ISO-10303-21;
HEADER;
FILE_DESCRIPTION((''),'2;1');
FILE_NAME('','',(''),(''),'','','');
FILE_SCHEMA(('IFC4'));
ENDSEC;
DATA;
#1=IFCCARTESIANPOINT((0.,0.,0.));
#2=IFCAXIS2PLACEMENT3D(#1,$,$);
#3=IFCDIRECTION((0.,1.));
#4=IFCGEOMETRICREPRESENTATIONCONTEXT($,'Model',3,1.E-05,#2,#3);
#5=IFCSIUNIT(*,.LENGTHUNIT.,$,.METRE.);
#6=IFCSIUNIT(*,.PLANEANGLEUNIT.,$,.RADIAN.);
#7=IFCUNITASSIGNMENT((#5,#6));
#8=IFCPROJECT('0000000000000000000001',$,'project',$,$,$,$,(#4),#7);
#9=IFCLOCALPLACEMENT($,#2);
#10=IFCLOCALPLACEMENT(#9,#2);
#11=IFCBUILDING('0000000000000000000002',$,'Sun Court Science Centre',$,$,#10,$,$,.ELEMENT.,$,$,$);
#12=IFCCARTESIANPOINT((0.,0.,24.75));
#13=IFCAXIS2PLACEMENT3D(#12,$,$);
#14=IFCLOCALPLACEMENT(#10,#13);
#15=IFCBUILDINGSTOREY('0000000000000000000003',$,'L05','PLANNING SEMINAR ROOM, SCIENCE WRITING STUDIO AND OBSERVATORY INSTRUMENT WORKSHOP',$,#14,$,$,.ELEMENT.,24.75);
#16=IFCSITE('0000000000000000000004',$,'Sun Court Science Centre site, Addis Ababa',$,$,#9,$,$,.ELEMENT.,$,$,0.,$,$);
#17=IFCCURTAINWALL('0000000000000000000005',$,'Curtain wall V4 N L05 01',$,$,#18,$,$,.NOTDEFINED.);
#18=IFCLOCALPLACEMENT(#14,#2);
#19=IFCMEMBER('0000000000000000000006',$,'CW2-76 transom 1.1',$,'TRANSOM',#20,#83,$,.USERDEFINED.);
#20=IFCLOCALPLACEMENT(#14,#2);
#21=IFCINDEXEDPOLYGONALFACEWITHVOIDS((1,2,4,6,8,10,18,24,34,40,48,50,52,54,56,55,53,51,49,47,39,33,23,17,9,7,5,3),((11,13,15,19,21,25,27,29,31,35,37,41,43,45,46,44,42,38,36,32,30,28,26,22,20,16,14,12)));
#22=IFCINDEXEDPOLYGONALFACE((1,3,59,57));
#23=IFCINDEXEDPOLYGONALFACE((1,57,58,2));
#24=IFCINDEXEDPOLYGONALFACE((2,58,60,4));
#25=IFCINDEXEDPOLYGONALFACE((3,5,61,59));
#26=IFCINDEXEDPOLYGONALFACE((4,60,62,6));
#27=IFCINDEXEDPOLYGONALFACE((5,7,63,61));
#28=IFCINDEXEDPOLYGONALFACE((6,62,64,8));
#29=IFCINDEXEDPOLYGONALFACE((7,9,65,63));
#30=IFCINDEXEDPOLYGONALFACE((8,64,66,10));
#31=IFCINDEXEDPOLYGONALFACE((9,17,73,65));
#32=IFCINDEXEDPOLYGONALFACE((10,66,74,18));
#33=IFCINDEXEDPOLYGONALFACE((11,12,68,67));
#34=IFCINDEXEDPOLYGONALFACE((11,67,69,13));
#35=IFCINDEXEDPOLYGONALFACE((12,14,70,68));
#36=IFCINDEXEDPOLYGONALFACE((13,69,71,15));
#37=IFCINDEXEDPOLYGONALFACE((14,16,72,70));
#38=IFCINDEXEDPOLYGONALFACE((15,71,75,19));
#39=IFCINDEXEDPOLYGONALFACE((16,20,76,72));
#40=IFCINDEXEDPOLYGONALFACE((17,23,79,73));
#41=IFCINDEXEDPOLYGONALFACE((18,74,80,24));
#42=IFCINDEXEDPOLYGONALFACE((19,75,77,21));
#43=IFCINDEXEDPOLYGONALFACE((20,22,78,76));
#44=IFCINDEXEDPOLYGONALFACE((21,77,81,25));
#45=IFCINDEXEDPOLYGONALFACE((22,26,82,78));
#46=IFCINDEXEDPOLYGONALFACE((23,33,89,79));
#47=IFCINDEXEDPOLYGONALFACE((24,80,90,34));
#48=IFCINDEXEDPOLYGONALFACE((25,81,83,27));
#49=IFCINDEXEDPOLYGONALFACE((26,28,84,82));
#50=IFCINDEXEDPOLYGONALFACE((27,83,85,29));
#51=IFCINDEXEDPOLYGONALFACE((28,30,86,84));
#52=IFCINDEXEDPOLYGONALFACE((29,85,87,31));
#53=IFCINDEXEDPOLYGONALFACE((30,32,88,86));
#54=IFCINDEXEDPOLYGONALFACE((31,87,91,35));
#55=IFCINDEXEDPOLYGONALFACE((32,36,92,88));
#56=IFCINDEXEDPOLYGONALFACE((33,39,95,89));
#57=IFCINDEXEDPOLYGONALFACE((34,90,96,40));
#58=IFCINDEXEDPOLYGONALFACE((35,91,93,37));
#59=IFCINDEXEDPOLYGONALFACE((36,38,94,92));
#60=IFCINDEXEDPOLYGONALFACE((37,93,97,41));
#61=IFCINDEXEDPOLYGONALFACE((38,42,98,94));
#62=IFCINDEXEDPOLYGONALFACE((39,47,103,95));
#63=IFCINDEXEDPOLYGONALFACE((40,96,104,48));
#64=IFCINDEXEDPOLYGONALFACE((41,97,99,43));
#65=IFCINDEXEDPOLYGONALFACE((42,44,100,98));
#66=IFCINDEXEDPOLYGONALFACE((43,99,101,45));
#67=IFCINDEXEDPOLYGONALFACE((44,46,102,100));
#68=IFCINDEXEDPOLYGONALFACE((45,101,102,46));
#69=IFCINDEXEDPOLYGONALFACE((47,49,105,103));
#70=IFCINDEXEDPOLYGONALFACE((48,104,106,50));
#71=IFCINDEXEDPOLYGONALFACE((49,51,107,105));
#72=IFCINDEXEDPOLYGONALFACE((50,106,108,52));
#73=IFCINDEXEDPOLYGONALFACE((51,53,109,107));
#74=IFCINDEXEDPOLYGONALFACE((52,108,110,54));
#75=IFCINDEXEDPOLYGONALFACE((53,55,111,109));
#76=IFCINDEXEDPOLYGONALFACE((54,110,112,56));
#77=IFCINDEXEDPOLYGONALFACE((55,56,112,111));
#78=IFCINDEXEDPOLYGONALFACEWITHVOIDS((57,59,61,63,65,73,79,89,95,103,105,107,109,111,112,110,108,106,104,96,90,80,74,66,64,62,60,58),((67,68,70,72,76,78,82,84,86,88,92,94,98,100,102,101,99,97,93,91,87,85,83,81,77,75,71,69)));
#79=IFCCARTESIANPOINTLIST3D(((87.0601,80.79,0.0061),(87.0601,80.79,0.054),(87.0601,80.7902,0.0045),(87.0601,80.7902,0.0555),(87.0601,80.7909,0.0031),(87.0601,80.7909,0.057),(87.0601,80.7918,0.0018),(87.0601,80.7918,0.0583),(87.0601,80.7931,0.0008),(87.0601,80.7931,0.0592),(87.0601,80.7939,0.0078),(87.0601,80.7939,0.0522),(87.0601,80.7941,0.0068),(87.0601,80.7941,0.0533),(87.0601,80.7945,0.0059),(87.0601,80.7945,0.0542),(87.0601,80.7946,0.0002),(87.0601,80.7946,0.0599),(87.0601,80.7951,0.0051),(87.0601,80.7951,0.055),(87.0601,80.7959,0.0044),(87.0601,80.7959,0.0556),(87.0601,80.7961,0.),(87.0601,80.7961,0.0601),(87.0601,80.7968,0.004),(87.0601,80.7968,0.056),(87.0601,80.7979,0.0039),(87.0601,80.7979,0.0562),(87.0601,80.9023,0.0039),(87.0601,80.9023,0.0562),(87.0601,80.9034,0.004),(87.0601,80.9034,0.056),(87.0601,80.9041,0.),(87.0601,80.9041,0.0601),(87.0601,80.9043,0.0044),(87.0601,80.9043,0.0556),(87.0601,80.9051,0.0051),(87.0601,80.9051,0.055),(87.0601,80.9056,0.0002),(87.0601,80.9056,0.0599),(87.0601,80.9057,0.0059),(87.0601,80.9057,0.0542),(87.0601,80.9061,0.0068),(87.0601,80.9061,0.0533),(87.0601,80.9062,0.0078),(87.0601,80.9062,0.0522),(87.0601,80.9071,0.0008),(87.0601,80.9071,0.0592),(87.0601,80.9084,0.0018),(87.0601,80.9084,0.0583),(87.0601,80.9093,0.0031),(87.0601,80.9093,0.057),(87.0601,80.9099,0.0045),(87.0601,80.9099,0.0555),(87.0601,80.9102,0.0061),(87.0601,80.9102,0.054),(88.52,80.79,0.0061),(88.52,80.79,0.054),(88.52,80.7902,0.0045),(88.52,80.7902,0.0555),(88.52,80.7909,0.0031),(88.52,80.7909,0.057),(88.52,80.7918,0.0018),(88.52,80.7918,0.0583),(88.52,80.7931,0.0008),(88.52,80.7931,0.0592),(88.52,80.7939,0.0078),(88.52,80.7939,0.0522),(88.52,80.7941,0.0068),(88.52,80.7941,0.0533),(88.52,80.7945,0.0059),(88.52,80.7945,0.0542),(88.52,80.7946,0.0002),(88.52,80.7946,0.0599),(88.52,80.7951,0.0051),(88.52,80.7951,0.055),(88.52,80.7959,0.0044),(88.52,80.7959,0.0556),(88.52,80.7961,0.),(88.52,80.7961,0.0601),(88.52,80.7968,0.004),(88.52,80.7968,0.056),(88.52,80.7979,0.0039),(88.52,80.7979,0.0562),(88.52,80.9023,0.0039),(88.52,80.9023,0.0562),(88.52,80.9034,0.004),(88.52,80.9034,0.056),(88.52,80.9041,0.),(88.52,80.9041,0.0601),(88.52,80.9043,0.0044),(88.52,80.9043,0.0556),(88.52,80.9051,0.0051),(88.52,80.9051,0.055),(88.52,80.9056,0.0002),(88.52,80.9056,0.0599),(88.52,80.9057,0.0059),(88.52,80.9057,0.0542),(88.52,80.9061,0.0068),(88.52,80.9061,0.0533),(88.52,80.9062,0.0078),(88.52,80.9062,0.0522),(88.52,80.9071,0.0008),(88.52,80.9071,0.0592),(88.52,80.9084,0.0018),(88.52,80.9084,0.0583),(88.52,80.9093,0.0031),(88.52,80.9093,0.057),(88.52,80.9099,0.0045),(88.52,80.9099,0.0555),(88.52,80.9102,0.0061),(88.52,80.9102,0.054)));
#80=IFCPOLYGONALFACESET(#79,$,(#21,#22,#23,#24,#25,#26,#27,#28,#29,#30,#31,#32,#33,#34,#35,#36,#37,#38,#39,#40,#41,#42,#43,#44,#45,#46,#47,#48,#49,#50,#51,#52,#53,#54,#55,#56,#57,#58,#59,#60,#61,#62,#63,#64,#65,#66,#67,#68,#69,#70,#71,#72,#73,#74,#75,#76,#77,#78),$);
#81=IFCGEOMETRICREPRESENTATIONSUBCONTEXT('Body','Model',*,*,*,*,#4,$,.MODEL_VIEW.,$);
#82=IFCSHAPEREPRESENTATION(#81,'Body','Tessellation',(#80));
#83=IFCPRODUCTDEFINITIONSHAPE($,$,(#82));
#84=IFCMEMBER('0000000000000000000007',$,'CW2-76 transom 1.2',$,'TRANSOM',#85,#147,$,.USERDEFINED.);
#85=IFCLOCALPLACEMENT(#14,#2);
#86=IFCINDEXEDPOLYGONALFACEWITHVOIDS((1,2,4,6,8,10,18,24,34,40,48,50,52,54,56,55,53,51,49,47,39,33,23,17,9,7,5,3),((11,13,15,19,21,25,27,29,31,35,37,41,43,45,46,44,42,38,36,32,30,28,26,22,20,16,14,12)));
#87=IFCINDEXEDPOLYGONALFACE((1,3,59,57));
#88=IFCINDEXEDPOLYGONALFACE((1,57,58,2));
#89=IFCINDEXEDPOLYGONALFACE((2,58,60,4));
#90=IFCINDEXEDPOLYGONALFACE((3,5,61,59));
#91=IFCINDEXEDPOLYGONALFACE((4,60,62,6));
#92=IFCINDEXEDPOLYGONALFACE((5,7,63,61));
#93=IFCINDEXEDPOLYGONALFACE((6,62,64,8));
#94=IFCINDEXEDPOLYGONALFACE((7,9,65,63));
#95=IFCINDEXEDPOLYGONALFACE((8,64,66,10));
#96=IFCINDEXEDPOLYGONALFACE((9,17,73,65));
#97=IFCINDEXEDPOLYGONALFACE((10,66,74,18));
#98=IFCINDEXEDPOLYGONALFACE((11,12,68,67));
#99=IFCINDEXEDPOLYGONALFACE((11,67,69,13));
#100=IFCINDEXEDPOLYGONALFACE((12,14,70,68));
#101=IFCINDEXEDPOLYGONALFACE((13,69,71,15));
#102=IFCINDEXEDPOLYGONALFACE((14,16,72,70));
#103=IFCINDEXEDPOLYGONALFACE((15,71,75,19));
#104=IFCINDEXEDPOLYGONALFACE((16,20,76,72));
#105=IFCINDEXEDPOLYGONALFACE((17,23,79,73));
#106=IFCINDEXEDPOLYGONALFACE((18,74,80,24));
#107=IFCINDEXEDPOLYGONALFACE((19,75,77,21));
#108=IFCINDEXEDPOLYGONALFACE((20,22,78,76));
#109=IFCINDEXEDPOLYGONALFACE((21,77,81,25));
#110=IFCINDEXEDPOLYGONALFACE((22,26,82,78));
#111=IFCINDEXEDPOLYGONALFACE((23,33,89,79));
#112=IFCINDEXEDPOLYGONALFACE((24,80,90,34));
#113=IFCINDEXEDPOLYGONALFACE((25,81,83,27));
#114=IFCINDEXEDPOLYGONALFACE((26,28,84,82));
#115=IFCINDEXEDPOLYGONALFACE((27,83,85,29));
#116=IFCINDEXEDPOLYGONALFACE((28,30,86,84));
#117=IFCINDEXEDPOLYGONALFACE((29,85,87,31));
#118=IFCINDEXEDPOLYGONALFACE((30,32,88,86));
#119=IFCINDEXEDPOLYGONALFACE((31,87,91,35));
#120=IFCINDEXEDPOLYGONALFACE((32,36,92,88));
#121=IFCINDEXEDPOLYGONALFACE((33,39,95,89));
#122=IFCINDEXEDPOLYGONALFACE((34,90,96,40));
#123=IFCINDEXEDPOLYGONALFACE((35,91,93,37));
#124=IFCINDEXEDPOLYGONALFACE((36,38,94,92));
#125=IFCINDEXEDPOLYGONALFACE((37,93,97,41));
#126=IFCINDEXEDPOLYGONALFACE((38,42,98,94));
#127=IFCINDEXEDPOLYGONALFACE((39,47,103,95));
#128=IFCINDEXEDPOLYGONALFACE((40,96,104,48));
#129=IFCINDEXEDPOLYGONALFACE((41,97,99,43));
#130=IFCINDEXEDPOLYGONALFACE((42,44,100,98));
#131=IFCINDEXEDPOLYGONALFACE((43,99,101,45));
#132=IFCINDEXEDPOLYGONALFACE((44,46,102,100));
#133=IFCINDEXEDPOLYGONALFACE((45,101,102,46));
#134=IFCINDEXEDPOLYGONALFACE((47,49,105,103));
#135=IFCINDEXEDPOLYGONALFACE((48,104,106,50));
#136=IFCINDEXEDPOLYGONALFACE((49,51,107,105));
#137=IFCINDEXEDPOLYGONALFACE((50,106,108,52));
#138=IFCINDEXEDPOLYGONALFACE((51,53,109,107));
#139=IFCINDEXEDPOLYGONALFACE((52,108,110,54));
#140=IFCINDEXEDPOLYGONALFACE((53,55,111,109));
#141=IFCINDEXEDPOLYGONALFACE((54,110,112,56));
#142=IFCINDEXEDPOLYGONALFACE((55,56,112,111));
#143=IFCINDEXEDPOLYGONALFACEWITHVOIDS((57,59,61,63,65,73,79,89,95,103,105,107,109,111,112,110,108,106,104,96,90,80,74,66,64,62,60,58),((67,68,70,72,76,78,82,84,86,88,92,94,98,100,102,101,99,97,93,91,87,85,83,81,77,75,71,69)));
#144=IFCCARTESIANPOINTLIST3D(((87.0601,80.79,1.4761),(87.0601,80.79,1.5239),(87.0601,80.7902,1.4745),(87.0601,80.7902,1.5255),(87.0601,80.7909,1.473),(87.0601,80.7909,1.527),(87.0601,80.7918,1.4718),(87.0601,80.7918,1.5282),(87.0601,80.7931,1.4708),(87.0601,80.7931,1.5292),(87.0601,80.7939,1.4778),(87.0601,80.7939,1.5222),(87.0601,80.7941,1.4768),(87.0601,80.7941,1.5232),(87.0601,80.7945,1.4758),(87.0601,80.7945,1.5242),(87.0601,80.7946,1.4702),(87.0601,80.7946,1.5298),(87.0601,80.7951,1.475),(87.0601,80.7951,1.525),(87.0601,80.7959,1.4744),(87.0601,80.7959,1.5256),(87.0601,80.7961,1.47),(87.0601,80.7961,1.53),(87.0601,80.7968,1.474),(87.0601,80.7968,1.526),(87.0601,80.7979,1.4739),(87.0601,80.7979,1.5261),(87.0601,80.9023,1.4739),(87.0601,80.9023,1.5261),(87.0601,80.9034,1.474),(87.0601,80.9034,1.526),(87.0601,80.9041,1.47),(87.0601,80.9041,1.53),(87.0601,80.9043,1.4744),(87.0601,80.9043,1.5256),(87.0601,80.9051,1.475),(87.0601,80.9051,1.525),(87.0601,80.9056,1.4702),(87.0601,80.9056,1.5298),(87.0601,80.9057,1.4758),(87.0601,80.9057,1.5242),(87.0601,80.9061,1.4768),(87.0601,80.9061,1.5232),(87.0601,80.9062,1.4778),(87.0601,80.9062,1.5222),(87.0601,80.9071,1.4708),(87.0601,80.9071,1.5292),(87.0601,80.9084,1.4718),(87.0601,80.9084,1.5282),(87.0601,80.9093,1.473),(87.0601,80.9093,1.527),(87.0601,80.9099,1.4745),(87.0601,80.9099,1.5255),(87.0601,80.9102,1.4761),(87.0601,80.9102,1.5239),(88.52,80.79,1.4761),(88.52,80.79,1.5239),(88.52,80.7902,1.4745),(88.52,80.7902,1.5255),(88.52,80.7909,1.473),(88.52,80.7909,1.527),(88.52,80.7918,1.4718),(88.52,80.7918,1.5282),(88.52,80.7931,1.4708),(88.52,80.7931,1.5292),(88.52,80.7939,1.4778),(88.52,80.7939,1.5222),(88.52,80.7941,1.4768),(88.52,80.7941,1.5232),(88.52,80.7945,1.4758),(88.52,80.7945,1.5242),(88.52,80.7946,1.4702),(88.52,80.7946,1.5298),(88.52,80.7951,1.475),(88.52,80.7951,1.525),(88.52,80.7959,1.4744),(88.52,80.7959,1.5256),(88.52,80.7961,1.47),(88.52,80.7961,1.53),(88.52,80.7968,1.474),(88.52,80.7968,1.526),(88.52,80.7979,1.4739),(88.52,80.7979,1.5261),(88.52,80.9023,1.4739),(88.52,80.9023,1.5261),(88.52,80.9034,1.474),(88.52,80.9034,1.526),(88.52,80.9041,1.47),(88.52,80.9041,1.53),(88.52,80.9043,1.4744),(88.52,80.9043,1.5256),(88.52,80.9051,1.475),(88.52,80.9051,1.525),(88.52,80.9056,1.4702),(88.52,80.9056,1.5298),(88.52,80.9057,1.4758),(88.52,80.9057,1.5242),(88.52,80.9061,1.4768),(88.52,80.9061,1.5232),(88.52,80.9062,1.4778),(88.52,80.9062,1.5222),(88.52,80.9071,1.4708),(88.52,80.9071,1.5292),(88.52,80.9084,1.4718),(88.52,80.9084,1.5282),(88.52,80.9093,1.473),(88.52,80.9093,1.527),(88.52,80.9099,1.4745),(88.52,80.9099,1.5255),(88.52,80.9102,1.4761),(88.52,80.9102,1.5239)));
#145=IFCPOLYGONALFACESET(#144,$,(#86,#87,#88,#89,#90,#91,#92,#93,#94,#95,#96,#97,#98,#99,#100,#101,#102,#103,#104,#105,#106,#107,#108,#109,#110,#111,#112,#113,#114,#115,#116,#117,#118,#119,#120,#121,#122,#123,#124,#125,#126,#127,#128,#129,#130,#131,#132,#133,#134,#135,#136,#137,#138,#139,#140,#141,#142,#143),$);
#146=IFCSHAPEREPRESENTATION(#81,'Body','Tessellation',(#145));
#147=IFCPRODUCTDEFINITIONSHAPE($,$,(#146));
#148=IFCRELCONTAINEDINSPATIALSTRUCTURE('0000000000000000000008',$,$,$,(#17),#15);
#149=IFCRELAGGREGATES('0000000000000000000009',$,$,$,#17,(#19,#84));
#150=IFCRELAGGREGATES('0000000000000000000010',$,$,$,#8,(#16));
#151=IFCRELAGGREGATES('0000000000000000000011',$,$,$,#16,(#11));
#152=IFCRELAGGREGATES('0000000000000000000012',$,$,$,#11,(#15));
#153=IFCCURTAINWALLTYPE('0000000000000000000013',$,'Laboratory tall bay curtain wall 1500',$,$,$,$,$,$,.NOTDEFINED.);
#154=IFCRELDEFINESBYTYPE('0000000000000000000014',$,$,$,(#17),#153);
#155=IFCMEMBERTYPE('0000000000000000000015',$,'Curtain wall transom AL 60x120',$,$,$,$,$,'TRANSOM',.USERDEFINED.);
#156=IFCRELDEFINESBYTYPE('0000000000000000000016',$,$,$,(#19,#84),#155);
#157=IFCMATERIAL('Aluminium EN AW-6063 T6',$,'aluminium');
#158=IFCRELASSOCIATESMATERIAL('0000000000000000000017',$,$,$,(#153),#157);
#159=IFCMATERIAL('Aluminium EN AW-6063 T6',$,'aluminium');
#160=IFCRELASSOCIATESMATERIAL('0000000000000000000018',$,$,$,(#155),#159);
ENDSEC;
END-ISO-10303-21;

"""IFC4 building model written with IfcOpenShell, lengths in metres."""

from ifc_helpers import new_model, si_unit, direction, frame, origin, origin_2d, place, context, subcontext, project, spatial, hollow_rectangle, extrude, material, material_profile, profile_set, type_object, element, aggregate, save


model = new_model("IFC4")

# Units and contexts
model_context = context("Model", 3, precision=1e-05, world=origin(), true_north=direction((0.0, 1.0)))
body_context = subcontext(model_context, "Body", "Model", "MODEL_VIEW")
ifc_project = project(units=[si_unit("LENGTHUNIT", "METRE"), si_unit("PLANEANGLEUNIT", "RADIAN")], contexts=[model_context])

# Site, building, storey
site_placement = place(None, origin())
site = spatial("IfcSite", under=ifc_project, at=site_placement, Name="Sun Court Science Centre site, Addis Ababa", CompositionType="ELEMENT", RefElevation=0.0)
building_placement = place(site_placement, origin())
building = spatial("IfcBuilding", under=site, at=building_placement, Name="Sun Court Science Centre", CompositionType="ELEMENT")
storey_placement = place(building_placement, frame((0.0, 0.0, 24.75)))
storey = spatial("IfcBuildingStorey", under=building, at=storey_placement, Name="L05", Description="PLANNING SEMINAR ROOM, SCIENCE WRITING STUDIO AND OBSERVATORY INSTRUMENT WORKSHOP", CompositionType="ELEMENT", Elevation=24.75)

# Shared definitions
ifc_material_1 = material(Name="Aluminium EN AW-6063 T6", Category="aluminium")
curtain_wall_type = type_object("IfcCurtainWallType", Name="Laboratory tall bay curtain wall 1500", PredefinedType="NOTDEFINED", material=ifc_material_1)

# Curtain wall, members
curtain_wall_1_placement = place(storey_placement, origin())
curtain_wall_1 = element("IfcCurtainWall", 1, at=curtain_wall_1_placement, inside=storey, type_object=curtain_wall_type, Name="Curtain wall V4 N L05 01", PredefinedType="NOTDEFINED")
ifc_material_2 = material(Name="Aluminium EN AW-6063 T6", Category="aluminium")
ifc_material_profile_1 = material_profile(ifc_material_2, hollow_rectangle(XDim=0.0601, YDim=0.1201, WallThickness=0.0039, InnerFilletRadius=0.0039, OuterFilletRadius=0.0061, at=origin_2d()), Name="AL 60x120x4")
ifc_profile_set_1 = profile_set([ifc_material_profile_1], Name="Aluminium EN AW-6063 T6")
member_type_1 = type_object("IfcMemberType", Name="Curtain wall transom AL 60x120", ElementType="TRANSOM", PredefinedType="USERDEFINED", material=ifc_profile_set_1)
member_1_placement = place(storey_placement, frame((87.0601, 80.8501, 0.03), z_axis=(1.0, 0.0, 0.0), x_axis=(0.0, 0.0, 1.0)))
member_1 = element("IfcMember", 2, at=member_1_placement, type_object=member_type_1, Name="CW2-76 transom 1.1", ObjectType="TRANSOM", PredefinedType="USERDEFINED", context=body_context, shape_type="SweptSolid", body=[
    extrude(hollow_rectangle(XDim=0.0601, YDim=0.1201, WallThickness=0.0039, InnerFilletRadius=0.0039, OuterFilletRadius=0.0061, at=origin_2d()), origin(), (0.0, 0.0, 1.0), 1.46),
])
member_2_placement = place(storey_placement, frame((87.0601, 80.8501, 1.5), z_axis=(1.0, 0.0, 0.0), x_axis=(0.0, 0.0, 1.0)))
member_2 = element("IfcMember", 3, at=member_2_placement, type_object=member_type_1, Name="CW2-76 transom 1.2", ObjectType="TRANSOM", PredefinedType="USERDEFINED", context=body_context, shape_type="SweptSolid", body=[
    extrude(hollow_rectangle(XDim=0.0601, YDim=0.1201, WallThickness=0.0039, InnerFilletRadius=0.0039, OuterFilletRadius=0.0061, at=origin_2d()), origin(), (0.0, 0.0, 1.0), 1.46),
])
aggregate(curtain_wall_1, [member_1, member_2])

save(model, "model.ifc")
